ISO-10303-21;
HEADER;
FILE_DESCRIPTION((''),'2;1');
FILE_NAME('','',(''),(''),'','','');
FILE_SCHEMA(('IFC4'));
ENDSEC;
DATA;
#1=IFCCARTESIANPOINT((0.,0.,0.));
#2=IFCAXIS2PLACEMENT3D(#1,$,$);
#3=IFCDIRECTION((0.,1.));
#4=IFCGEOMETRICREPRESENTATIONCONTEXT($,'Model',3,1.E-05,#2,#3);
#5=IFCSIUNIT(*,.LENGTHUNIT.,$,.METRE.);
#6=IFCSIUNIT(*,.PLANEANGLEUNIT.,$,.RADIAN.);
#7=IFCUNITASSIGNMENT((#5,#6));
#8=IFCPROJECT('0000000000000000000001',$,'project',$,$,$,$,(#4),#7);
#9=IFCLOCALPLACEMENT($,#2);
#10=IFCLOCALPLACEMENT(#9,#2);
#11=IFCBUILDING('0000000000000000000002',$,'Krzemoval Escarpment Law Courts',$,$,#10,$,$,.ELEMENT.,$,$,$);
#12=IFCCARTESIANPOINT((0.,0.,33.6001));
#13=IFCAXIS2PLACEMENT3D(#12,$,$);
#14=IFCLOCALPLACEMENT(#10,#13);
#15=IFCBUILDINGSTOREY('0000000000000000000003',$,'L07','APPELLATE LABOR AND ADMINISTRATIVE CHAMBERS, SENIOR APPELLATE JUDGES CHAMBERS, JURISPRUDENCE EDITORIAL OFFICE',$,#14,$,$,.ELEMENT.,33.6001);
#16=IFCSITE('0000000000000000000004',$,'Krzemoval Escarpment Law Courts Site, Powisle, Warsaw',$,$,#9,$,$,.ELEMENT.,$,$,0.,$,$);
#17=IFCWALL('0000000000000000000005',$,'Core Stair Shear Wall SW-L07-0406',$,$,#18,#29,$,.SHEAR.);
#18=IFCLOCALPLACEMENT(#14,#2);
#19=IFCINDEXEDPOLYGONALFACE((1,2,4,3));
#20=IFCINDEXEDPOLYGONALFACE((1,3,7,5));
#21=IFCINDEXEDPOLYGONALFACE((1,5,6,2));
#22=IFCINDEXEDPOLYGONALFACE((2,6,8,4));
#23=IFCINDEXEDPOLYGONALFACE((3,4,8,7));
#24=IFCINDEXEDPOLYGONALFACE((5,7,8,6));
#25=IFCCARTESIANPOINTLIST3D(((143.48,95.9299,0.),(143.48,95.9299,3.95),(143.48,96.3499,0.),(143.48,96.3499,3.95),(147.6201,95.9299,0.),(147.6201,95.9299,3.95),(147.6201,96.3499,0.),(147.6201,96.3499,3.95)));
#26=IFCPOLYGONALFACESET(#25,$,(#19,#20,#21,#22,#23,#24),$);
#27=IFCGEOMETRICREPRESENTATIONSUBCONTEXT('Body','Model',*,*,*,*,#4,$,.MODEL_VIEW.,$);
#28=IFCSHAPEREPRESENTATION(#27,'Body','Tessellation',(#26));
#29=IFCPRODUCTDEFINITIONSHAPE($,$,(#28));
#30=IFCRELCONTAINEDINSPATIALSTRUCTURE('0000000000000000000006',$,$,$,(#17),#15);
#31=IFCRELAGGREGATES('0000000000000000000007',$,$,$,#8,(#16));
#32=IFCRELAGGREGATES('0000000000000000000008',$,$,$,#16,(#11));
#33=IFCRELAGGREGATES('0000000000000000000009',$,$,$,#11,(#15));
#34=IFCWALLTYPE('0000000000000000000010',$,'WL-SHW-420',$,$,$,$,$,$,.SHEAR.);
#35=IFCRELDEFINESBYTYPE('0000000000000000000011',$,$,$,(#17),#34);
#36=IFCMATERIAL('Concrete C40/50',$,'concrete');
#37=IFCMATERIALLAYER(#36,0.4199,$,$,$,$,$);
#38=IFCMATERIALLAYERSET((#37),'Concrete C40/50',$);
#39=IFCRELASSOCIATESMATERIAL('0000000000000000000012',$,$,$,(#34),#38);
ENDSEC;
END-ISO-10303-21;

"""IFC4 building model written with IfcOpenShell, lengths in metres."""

from ifc_helpers import new_model, si_unit, direction, frame, frame_2d, origin, place, context, subcontext, project, spatial, rectangle, extrude, material, layer, layer_set, type_object, element, save


model = new_model("IFC4")

# Units and contexts
model_context = context("Model", 3, precision=1e-05, world=origin(), true_north=direction((0.0, 1.0)))
body_context = subcontext(model_context, "Body", "Model", "MODEL_VIEW")
ifc_project = project(units=[si_unit("LENGTHUNIT", "METRE"), si_unit("PLANEANGLEUNIT", "RADIAN")], contexts=[model_context])

# Site, building, storey
site_placement = place(None, origin())
site = spatial("IfcSite", under=ifc_project, at=site_placement, Name="Krzemoval Escarpment Law Courts Site, Powisle, Warsaw", CompositionType="ELEMENT", RefElevation=0.0)
building_placement = place(site_placement, origin())
building = spatial("IfcBuilding", under=site, at=building_placement, Name="Krzemoval Escarpment Law Courts", CompositionType="ELEMENT")
storey_placement = place(building_placement, frame((0.0, 0.0, 33.6001)))
storey = spatial("IfcBuildingStorey", under=building, at=storey_placement, Name="L07", Description="APPELLATE LABOR AND ADMINISTRATIVE CHAMBERS, SENIOR APPELLATE JUDGES CHAMBERS, JURISPRUDENCE EDITORIAL OFFICE", CompositionType="ELEMENT", Elevation=33.6001)

# Wall
ifc_material_1 = material(Name="Concrete C40/50", Category="concrete")
ifc_layer_1 = layer(ifc_material_1, 0.4199)
ifc_layer_set_1 = layer_set([ifc_layer_1], Name="Concrete C40/50")
wall_type_1 = type_object("IfcWallType", Name="WL-SHW-420", PredefinedType="SHEAR", material=ifc_layer_set_1)
wall_1_placement = place(storey_placement, frame((143.48, 96.1399, 0.0), z_axis=(0.0, 0.0, 1.0), x_axis=(1.0, 0.0, 0.0)))
element("IfcWall", 1, at=wall_1_placement, inside=storey, type_object=wall_type_1, Name="Core Stair Shear Wall SW-L07-0406", PredefinedType="SHEAR", context=body_context, shape_type="SweptSolid", body=[
    extrude(rectangle(XDim=4.1401, YDim=0.4199, at=frame_2d((2.0701, 0.0))), origin(), (0.0, 0.0, 1.0), 3.95),
])

save(model, "model.ifc")
